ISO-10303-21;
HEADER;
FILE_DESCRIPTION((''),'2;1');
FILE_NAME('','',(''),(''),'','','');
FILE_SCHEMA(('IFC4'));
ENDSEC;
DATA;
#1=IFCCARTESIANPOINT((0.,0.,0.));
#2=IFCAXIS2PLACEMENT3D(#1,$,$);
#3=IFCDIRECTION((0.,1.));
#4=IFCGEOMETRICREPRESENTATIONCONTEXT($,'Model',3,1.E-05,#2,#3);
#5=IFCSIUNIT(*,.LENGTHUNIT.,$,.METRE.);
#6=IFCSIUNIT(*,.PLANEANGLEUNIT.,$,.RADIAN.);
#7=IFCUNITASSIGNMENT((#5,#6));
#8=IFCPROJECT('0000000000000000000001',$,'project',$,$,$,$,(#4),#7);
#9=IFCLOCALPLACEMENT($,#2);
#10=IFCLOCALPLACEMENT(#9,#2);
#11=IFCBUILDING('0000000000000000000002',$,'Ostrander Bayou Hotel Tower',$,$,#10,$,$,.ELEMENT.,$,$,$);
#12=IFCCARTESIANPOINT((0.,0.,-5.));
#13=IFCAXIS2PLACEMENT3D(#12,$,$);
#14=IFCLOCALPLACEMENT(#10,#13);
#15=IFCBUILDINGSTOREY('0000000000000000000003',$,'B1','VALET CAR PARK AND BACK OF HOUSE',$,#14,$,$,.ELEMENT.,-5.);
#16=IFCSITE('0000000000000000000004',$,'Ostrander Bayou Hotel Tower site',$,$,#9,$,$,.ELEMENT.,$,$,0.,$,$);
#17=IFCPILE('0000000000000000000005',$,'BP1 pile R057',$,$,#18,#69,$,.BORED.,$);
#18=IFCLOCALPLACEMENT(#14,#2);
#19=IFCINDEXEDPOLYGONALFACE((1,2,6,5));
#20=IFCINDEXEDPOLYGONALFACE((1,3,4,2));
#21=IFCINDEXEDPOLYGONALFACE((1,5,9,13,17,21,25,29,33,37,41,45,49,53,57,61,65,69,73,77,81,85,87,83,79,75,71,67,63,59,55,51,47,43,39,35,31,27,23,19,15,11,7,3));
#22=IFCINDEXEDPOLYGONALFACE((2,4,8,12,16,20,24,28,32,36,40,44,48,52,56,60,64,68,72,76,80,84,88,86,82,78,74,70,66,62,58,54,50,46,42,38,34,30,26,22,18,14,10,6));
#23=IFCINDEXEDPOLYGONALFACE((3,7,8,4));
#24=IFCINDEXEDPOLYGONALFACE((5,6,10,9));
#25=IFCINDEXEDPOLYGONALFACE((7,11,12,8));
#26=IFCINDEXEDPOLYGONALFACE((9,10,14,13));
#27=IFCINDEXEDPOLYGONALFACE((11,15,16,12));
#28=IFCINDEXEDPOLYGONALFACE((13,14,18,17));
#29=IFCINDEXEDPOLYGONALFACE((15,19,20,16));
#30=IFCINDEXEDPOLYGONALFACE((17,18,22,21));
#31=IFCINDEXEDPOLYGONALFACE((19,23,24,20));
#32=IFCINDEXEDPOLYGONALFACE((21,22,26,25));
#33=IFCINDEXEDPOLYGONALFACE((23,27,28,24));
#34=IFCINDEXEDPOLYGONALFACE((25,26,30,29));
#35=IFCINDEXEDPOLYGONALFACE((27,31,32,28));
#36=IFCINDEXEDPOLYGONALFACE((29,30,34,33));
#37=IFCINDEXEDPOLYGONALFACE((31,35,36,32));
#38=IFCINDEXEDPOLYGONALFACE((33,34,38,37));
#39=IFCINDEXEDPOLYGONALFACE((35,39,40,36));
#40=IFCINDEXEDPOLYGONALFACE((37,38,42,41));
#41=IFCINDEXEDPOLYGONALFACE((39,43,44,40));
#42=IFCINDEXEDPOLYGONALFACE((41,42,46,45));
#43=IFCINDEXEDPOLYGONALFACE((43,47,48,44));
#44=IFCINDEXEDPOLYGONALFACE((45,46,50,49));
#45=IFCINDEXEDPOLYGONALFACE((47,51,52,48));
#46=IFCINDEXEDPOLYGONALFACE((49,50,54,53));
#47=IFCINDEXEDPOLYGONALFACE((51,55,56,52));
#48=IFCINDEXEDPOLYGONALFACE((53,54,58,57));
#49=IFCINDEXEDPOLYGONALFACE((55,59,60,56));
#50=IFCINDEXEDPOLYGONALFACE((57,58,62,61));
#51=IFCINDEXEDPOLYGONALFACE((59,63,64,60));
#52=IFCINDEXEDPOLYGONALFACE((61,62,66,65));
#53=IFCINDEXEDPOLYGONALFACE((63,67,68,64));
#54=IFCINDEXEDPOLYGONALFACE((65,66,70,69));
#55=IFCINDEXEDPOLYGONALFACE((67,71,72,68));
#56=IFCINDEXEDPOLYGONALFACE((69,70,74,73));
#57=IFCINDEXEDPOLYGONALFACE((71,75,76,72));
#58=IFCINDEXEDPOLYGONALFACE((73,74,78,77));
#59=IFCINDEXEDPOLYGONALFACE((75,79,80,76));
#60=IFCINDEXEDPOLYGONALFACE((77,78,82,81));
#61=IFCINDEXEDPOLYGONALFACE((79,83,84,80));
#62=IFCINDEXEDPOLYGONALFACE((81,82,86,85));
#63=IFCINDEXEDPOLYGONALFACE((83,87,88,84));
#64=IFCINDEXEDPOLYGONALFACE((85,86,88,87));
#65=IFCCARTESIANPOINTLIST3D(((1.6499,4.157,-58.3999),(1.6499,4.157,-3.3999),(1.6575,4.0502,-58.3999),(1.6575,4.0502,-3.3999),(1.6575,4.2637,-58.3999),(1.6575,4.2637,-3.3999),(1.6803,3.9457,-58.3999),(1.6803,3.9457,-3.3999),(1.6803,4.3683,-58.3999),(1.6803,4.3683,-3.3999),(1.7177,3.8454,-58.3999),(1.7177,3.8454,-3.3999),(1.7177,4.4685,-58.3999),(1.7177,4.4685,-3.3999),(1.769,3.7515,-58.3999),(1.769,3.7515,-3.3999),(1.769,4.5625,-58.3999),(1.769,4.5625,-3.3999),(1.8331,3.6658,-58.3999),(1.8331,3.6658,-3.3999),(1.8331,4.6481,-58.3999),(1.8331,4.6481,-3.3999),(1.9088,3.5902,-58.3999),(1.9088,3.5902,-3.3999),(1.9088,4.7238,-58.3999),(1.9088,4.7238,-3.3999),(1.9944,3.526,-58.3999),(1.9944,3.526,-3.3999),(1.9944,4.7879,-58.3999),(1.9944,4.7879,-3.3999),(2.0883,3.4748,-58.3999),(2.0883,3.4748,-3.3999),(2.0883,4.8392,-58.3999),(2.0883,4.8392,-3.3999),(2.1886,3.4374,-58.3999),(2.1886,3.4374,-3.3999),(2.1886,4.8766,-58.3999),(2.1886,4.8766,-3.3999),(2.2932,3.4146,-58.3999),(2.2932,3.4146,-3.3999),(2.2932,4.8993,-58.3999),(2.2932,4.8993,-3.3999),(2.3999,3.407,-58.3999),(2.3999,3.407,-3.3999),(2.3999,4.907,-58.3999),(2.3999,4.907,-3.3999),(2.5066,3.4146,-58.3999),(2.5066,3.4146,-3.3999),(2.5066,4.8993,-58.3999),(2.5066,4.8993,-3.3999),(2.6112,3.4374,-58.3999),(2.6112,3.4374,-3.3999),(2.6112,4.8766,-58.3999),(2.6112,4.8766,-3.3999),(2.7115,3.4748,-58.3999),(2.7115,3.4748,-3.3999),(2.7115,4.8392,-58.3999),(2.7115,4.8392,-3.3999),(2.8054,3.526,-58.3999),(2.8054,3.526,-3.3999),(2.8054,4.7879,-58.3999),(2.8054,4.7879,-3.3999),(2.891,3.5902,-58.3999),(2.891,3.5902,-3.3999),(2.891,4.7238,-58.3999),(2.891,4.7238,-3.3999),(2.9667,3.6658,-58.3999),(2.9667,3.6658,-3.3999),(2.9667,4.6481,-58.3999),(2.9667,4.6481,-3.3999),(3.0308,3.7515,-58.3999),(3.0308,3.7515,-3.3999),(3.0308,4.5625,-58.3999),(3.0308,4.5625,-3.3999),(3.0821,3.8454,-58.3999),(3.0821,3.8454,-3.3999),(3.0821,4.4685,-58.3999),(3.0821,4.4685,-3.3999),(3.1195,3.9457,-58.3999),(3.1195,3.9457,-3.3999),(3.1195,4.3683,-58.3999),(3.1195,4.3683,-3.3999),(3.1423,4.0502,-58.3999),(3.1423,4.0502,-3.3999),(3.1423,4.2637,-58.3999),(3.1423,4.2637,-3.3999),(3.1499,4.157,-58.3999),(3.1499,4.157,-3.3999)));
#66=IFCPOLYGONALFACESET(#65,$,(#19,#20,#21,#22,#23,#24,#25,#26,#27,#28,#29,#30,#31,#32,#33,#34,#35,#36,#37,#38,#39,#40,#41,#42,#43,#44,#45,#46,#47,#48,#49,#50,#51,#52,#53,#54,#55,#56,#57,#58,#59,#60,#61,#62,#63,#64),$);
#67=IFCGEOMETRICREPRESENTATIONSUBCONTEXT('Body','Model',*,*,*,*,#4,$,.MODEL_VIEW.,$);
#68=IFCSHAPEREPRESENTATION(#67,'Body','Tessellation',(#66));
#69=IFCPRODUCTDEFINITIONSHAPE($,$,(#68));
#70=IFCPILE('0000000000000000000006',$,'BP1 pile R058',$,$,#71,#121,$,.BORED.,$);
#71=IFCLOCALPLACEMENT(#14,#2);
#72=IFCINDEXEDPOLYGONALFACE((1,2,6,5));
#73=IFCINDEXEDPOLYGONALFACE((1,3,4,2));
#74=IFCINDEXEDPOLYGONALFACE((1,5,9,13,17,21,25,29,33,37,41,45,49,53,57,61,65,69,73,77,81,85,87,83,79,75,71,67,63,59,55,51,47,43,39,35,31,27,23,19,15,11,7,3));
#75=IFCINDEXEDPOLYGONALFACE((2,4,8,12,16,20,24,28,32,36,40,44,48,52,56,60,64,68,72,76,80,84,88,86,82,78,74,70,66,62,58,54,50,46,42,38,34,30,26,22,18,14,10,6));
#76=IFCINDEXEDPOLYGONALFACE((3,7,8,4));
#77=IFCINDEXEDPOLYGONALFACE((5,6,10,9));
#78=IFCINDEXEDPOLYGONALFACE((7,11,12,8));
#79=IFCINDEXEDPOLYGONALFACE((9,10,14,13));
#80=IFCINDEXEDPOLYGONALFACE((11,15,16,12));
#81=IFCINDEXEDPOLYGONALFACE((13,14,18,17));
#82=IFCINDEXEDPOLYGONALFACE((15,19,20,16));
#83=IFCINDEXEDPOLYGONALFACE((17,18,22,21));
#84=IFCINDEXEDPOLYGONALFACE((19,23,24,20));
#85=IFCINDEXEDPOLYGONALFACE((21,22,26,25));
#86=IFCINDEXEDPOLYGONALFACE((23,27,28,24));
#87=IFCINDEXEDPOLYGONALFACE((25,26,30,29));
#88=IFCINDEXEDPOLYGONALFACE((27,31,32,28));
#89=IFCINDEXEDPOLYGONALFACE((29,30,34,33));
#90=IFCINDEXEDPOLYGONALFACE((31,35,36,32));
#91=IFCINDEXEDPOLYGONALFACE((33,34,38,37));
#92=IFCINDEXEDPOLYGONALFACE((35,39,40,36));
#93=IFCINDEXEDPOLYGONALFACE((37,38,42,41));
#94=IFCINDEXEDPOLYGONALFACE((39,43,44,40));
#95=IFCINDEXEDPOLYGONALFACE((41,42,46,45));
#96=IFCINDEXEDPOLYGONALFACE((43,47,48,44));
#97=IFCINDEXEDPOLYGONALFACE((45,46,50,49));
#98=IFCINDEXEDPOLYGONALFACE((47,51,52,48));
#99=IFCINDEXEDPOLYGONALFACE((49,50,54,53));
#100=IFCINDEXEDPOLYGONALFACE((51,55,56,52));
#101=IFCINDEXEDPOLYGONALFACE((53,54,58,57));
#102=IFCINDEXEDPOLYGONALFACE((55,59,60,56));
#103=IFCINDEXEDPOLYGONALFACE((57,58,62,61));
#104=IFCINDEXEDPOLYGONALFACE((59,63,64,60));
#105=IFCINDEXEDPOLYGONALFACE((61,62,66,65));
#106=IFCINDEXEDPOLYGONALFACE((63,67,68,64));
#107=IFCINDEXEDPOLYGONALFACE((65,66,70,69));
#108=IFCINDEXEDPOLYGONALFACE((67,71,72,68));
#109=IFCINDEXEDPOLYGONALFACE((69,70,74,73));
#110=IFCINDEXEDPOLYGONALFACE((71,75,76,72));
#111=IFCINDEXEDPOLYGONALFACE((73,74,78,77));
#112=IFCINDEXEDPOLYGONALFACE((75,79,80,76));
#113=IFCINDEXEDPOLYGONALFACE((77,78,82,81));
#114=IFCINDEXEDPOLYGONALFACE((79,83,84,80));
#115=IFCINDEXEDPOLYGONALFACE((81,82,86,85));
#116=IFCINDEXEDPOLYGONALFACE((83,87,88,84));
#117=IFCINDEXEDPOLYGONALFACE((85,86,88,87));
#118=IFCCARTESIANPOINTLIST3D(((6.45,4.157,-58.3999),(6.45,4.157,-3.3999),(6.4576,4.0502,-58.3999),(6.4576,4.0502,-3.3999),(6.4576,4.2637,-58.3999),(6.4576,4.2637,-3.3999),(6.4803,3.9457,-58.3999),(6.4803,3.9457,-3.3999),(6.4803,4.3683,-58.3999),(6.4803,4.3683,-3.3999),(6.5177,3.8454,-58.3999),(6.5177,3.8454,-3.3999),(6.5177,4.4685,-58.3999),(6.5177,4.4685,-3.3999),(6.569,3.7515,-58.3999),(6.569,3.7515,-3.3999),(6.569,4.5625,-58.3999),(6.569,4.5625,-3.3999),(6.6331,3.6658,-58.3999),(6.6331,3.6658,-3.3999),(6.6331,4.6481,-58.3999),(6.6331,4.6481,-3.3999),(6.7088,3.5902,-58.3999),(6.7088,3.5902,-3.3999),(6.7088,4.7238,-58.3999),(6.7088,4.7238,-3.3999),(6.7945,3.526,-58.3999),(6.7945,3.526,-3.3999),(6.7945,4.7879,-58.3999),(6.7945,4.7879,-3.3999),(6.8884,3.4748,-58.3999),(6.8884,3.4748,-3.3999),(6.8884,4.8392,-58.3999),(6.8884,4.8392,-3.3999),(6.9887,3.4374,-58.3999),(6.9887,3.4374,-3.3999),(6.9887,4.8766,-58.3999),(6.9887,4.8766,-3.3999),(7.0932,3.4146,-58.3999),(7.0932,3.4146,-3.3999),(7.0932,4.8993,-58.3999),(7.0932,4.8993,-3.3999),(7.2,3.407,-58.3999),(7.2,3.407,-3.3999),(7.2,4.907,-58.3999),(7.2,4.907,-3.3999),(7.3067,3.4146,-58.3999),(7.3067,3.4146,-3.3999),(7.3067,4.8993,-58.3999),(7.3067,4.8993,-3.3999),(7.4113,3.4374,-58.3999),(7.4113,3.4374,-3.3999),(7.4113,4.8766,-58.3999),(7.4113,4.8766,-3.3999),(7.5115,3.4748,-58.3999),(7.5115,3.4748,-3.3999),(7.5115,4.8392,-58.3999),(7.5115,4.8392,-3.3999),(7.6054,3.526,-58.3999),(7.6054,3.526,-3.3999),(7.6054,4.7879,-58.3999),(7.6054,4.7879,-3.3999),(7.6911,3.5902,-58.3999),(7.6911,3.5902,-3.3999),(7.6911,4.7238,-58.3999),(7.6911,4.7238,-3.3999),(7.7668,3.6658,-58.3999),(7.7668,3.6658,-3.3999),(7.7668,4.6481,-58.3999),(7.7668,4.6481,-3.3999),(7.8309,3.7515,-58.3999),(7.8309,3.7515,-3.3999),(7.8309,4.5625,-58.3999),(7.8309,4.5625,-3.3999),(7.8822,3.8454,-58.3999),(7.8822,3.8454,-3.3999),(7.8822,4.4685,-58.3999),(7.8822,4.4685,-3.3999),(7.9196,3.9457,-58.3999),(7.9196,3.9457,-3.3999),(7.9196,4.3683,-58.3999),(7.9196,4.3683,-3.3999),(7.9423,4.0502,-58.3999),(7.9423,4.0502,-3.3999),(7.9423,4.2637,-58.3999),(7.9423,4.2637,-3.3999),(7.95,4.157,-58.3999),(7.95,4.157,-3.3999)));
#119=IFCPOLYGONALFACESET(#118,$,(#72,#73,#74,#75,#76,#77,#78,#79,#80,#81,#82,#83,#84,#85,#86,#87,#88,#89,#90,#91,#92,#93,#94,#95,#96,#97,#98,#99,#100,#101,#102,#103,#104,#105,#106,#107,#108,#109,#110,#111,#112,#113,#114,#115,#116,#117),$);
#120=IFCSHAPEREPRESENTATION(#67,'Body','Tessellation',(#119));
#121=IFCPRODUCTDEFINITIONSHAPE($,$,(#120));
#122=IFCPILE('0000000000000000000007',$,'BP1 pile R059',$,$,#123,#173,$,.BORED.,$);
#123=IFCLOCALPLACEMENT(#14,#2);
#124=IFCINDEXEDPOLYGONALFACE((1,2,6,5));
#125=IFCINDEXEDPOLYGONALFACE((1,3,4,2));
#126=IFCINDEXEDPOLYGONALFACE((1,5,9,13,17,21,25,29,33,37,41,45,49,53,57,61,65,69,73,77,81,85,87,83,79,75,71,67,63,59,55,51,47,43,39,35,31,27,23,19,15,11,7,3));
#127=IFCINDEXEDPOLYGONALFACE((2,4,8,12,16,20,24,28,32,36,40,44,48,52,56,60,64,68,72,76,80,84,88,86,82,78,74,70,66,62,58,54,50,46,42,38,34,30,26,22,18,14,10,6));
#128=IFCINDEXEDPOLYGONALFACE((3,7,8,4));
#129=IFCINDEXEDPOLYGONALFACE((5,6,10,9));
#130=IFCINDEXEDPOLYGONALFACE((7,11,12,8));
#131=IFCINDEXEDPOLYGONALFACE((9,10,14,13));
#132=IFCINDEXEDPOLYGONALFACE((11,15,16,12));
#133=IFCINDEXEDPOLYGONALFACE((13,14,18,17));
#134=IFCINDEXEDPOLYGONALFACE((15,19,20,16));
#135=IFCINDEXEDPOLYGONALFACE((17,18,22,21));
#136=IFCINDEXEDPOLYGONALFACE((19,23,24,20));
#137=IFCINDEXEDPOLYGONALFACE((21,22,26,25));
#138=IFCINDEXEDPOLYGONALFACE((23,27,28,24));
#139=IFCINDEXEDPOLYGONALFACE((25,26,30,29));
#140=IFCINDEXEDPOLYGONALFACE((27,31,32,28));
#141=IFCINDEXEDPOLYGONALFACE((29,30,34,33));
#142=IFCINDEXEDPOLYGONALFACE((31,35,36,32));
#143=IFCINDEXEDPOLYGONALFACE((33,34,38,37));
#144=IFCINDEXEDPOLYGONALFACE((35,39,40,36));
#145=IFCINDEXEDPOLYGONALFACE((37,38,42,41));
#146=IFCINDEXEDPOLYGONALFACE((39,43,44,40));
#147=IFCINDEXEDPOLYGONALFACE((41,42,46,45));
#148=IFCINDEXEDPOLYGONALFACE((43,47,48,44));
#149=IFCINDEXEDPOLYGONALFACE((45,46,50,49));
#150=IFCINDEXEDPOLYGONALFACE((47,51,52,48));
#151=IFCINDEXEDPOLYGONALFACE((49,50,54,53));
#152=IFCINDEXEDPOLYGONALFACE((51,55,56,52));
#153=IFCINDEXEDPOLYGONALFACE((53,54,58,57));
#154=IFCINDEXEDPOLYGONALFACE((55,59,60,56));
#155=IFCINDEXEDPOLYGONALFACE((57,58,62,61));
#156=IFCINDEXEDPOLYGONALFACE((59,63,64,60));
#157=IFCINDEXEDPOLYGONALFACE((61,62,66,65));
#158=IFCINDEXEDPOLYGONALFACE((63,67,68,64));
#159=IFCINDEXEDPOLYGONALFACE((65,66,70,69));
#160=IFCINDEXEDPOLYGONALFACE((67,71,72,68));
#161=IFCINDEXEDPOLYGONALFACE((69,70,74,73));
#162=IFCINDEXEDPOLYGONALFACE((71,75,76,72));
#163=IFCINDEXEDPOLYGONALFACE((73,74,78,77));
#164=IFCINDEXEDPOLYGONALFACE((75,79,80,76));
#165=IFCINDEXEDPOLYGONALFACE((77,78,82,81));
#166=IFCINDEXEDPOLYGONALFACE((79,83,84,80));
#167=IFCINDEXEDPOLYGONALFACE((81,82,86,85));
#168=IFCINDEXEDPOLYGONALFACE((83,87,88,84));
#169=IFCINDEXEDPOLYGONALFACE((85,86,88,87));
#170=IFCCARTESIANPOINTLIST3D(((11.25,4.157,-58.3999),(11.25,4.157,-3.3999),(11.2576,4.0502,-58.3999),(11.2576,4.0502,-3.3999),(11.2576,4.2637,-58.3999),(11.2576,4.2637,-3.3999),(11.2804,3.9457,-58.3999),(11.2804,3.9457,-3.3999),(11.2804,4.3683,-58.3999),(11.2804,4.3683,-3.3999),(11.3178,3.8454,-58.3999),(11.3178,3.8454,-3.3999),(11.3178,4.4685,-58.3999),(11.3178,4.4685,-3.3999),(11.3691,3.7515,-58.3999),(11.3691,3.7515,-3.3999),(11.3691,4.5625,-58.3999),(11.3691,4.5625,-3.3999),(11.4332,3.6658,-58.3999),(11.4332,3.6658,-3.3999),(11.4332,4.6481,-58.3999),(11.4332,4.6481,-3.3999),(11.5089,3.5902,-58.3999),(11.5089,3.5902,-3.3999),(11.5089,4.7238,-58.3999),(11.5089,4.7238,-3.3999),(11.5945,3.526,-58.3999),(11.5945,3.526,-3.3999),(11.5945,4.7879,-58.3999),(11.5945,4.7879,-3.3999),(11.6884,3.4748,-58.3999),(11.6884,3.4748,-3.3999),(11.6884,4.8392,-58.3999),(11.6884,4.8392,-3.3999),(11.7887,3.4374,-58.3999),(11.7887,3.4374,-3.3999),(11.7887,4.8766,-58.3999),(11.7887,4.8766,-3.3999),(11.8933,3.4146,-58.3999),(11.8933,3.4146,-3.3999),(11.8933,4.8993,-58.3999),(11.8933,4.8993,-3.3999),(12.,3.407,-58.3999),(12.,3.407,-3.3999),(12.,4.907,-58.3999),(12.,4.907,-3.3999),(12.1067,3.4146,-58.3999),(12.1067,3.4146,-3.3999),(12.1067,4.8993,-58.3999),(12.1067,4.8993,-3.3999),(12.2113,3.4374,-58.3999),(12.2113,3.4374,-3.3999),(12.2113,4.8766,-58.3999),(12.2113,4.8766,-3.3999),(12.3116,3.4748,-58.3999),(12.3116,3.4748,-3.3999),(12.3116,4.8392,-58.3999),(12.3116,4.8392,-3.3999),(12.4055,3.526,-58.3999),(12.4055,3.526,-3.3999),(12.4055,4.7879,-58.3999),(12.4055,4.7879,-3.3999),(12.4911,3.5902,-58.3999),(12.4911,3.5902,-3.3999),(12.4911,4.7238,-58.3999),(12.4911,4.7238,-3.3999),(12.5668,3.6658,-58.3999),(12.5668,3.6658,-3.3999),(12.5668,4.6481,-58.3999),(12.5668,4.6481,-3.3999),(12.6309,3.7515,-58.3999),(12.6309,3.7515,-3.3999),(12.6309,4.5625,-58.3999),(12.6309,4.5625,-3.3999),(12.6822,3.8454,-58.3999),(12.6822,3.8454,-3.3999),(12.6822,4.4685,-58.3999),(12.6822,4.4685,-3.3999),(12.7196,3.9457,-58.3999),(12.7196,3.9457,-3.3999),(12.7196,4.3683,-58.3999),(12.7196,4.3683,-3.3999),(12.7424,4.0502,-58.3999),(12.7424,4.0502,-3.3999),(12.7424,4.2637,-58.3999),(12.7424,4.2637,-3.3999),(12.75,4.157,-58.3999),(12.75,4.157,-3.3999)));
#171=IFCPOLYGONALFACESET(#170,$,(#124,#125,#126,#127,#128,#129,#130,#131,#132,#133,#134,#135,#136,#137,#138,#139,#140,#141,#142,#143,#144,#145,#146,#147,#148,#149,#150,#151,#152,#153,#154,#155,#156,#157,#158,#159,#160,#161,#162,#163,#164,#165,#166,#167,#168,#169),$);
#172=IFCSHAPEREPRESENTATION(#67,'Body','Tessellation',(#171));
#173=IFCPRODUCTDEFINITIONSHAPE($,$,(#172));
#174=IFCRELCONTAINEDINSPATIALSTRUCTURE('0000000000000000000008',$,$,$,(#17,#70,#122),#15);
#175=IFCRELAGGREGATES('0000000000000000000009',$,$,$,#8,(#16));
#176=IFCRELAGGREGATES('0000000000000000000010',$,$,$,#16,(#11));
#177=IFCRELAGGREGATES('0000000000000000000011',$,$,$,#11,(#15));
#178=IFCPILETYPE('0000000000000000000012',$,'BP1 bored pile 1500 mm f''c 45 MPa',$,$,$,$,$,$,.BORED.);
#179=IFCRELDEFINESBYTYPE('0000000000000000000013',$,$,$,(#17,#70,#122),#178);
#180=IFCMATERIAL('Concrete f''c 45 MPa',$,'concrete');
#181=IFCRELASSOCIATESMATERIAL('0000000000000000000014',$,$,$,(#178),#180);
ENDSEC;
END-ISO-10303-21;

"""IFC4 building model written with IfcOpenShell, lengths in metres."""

from ifc_helpers import new_model, si_unit, direction, frame, origin, origin_2d, place, context, subcontext, project, spatial, circle, extrude, material, material_profile, profile_set, type_object, element, save


model = new_model("IFC4")

# Units and contexts
model_context = context("Model", 3, precision=1e-05, world=origin(), true_north=direction((0.0, 1.0)))
body_context = subcontext(model_context, "Body", "Model", "MODEL_VIEW")
ifc_project = project(units=[si_unit("LENGTHUNIT", "METRE"), si_unit("PLANEANGLEUNIT", "RADIAN")], contexts=[model_context])

# Site, building, storey
site_placement = place(None, origin())
site = spatial("IfcSite", under=ifc_project, at=site_placement, Name="Ostrander Bayou Hotel Tower site", CompositionType="ELEMENT", RefElevation=0.0)
building_placement = place(site_placement, origin())
building = spatial("IfcBuilding", under=site, at=building_placement, Name="Ostrander Bayou Hotel Tower", CompositionType="ELEMENT")
storey_placement = place(building_placement, frame((0.0, 0.0, -5.0)))
storey = spatial("IfcBuildingStorey", under=building, at=storey_placement, Name="B1", Description="VALET CAR PARK AND BACK OF HOUSE", CompositionType="ELEMENT", Elevation=-5.0)

# Piles
ifc_material_1 = material(Name="Concrete f'c 45 MPa", Category="concrete")
ifc_material_profile = material_profile(ifc_material_1, circle(Radius=0.75, at=origin_2d()))
ifc_profile_set = profile_set([ifc_material_profile], Name="Concrete f'c 45 MPa")
pile_type = type_object("IfcPileType", Name="BP1 bored pile 1500 mm f'c 45 MPa", PredefinedType="BORED", material=ifc_profile_set)
for number, where, z_axis, x_axis, name in (
    (1, (2.3999, 4.157, -3.3999), (0.0, 0.0, -1.0), (1.0, 0.0, 0.0), "BP1 pile R057"),
    (2, (7.2, 4.157, -3.3999), (0.0, 0.0, -1.0), (1.0, 0.0, 0.0), "BP1 pile R058"),
    (3, (12.0, 4.157, -3.3999), (0.0, 0.0, -1.0), (1.0, 0.0, 0.0), "BP1 pile R059"),
):
    element("IfcPile", number, at=place(storey_placement, frame(where, z_axis=z_axis, x_axis=x_axis)), inside=storey, type_object=pile_type, Name=name, PredefinedType="BORED", context=body_context, shape_type="SweptSolid", body=[
        extrude(circle(Radius=0.75, at=origin_2d()), origin(), (0.0, 0.0, 1.0), 55.0),
    ])

save(model, "model.ifc")
